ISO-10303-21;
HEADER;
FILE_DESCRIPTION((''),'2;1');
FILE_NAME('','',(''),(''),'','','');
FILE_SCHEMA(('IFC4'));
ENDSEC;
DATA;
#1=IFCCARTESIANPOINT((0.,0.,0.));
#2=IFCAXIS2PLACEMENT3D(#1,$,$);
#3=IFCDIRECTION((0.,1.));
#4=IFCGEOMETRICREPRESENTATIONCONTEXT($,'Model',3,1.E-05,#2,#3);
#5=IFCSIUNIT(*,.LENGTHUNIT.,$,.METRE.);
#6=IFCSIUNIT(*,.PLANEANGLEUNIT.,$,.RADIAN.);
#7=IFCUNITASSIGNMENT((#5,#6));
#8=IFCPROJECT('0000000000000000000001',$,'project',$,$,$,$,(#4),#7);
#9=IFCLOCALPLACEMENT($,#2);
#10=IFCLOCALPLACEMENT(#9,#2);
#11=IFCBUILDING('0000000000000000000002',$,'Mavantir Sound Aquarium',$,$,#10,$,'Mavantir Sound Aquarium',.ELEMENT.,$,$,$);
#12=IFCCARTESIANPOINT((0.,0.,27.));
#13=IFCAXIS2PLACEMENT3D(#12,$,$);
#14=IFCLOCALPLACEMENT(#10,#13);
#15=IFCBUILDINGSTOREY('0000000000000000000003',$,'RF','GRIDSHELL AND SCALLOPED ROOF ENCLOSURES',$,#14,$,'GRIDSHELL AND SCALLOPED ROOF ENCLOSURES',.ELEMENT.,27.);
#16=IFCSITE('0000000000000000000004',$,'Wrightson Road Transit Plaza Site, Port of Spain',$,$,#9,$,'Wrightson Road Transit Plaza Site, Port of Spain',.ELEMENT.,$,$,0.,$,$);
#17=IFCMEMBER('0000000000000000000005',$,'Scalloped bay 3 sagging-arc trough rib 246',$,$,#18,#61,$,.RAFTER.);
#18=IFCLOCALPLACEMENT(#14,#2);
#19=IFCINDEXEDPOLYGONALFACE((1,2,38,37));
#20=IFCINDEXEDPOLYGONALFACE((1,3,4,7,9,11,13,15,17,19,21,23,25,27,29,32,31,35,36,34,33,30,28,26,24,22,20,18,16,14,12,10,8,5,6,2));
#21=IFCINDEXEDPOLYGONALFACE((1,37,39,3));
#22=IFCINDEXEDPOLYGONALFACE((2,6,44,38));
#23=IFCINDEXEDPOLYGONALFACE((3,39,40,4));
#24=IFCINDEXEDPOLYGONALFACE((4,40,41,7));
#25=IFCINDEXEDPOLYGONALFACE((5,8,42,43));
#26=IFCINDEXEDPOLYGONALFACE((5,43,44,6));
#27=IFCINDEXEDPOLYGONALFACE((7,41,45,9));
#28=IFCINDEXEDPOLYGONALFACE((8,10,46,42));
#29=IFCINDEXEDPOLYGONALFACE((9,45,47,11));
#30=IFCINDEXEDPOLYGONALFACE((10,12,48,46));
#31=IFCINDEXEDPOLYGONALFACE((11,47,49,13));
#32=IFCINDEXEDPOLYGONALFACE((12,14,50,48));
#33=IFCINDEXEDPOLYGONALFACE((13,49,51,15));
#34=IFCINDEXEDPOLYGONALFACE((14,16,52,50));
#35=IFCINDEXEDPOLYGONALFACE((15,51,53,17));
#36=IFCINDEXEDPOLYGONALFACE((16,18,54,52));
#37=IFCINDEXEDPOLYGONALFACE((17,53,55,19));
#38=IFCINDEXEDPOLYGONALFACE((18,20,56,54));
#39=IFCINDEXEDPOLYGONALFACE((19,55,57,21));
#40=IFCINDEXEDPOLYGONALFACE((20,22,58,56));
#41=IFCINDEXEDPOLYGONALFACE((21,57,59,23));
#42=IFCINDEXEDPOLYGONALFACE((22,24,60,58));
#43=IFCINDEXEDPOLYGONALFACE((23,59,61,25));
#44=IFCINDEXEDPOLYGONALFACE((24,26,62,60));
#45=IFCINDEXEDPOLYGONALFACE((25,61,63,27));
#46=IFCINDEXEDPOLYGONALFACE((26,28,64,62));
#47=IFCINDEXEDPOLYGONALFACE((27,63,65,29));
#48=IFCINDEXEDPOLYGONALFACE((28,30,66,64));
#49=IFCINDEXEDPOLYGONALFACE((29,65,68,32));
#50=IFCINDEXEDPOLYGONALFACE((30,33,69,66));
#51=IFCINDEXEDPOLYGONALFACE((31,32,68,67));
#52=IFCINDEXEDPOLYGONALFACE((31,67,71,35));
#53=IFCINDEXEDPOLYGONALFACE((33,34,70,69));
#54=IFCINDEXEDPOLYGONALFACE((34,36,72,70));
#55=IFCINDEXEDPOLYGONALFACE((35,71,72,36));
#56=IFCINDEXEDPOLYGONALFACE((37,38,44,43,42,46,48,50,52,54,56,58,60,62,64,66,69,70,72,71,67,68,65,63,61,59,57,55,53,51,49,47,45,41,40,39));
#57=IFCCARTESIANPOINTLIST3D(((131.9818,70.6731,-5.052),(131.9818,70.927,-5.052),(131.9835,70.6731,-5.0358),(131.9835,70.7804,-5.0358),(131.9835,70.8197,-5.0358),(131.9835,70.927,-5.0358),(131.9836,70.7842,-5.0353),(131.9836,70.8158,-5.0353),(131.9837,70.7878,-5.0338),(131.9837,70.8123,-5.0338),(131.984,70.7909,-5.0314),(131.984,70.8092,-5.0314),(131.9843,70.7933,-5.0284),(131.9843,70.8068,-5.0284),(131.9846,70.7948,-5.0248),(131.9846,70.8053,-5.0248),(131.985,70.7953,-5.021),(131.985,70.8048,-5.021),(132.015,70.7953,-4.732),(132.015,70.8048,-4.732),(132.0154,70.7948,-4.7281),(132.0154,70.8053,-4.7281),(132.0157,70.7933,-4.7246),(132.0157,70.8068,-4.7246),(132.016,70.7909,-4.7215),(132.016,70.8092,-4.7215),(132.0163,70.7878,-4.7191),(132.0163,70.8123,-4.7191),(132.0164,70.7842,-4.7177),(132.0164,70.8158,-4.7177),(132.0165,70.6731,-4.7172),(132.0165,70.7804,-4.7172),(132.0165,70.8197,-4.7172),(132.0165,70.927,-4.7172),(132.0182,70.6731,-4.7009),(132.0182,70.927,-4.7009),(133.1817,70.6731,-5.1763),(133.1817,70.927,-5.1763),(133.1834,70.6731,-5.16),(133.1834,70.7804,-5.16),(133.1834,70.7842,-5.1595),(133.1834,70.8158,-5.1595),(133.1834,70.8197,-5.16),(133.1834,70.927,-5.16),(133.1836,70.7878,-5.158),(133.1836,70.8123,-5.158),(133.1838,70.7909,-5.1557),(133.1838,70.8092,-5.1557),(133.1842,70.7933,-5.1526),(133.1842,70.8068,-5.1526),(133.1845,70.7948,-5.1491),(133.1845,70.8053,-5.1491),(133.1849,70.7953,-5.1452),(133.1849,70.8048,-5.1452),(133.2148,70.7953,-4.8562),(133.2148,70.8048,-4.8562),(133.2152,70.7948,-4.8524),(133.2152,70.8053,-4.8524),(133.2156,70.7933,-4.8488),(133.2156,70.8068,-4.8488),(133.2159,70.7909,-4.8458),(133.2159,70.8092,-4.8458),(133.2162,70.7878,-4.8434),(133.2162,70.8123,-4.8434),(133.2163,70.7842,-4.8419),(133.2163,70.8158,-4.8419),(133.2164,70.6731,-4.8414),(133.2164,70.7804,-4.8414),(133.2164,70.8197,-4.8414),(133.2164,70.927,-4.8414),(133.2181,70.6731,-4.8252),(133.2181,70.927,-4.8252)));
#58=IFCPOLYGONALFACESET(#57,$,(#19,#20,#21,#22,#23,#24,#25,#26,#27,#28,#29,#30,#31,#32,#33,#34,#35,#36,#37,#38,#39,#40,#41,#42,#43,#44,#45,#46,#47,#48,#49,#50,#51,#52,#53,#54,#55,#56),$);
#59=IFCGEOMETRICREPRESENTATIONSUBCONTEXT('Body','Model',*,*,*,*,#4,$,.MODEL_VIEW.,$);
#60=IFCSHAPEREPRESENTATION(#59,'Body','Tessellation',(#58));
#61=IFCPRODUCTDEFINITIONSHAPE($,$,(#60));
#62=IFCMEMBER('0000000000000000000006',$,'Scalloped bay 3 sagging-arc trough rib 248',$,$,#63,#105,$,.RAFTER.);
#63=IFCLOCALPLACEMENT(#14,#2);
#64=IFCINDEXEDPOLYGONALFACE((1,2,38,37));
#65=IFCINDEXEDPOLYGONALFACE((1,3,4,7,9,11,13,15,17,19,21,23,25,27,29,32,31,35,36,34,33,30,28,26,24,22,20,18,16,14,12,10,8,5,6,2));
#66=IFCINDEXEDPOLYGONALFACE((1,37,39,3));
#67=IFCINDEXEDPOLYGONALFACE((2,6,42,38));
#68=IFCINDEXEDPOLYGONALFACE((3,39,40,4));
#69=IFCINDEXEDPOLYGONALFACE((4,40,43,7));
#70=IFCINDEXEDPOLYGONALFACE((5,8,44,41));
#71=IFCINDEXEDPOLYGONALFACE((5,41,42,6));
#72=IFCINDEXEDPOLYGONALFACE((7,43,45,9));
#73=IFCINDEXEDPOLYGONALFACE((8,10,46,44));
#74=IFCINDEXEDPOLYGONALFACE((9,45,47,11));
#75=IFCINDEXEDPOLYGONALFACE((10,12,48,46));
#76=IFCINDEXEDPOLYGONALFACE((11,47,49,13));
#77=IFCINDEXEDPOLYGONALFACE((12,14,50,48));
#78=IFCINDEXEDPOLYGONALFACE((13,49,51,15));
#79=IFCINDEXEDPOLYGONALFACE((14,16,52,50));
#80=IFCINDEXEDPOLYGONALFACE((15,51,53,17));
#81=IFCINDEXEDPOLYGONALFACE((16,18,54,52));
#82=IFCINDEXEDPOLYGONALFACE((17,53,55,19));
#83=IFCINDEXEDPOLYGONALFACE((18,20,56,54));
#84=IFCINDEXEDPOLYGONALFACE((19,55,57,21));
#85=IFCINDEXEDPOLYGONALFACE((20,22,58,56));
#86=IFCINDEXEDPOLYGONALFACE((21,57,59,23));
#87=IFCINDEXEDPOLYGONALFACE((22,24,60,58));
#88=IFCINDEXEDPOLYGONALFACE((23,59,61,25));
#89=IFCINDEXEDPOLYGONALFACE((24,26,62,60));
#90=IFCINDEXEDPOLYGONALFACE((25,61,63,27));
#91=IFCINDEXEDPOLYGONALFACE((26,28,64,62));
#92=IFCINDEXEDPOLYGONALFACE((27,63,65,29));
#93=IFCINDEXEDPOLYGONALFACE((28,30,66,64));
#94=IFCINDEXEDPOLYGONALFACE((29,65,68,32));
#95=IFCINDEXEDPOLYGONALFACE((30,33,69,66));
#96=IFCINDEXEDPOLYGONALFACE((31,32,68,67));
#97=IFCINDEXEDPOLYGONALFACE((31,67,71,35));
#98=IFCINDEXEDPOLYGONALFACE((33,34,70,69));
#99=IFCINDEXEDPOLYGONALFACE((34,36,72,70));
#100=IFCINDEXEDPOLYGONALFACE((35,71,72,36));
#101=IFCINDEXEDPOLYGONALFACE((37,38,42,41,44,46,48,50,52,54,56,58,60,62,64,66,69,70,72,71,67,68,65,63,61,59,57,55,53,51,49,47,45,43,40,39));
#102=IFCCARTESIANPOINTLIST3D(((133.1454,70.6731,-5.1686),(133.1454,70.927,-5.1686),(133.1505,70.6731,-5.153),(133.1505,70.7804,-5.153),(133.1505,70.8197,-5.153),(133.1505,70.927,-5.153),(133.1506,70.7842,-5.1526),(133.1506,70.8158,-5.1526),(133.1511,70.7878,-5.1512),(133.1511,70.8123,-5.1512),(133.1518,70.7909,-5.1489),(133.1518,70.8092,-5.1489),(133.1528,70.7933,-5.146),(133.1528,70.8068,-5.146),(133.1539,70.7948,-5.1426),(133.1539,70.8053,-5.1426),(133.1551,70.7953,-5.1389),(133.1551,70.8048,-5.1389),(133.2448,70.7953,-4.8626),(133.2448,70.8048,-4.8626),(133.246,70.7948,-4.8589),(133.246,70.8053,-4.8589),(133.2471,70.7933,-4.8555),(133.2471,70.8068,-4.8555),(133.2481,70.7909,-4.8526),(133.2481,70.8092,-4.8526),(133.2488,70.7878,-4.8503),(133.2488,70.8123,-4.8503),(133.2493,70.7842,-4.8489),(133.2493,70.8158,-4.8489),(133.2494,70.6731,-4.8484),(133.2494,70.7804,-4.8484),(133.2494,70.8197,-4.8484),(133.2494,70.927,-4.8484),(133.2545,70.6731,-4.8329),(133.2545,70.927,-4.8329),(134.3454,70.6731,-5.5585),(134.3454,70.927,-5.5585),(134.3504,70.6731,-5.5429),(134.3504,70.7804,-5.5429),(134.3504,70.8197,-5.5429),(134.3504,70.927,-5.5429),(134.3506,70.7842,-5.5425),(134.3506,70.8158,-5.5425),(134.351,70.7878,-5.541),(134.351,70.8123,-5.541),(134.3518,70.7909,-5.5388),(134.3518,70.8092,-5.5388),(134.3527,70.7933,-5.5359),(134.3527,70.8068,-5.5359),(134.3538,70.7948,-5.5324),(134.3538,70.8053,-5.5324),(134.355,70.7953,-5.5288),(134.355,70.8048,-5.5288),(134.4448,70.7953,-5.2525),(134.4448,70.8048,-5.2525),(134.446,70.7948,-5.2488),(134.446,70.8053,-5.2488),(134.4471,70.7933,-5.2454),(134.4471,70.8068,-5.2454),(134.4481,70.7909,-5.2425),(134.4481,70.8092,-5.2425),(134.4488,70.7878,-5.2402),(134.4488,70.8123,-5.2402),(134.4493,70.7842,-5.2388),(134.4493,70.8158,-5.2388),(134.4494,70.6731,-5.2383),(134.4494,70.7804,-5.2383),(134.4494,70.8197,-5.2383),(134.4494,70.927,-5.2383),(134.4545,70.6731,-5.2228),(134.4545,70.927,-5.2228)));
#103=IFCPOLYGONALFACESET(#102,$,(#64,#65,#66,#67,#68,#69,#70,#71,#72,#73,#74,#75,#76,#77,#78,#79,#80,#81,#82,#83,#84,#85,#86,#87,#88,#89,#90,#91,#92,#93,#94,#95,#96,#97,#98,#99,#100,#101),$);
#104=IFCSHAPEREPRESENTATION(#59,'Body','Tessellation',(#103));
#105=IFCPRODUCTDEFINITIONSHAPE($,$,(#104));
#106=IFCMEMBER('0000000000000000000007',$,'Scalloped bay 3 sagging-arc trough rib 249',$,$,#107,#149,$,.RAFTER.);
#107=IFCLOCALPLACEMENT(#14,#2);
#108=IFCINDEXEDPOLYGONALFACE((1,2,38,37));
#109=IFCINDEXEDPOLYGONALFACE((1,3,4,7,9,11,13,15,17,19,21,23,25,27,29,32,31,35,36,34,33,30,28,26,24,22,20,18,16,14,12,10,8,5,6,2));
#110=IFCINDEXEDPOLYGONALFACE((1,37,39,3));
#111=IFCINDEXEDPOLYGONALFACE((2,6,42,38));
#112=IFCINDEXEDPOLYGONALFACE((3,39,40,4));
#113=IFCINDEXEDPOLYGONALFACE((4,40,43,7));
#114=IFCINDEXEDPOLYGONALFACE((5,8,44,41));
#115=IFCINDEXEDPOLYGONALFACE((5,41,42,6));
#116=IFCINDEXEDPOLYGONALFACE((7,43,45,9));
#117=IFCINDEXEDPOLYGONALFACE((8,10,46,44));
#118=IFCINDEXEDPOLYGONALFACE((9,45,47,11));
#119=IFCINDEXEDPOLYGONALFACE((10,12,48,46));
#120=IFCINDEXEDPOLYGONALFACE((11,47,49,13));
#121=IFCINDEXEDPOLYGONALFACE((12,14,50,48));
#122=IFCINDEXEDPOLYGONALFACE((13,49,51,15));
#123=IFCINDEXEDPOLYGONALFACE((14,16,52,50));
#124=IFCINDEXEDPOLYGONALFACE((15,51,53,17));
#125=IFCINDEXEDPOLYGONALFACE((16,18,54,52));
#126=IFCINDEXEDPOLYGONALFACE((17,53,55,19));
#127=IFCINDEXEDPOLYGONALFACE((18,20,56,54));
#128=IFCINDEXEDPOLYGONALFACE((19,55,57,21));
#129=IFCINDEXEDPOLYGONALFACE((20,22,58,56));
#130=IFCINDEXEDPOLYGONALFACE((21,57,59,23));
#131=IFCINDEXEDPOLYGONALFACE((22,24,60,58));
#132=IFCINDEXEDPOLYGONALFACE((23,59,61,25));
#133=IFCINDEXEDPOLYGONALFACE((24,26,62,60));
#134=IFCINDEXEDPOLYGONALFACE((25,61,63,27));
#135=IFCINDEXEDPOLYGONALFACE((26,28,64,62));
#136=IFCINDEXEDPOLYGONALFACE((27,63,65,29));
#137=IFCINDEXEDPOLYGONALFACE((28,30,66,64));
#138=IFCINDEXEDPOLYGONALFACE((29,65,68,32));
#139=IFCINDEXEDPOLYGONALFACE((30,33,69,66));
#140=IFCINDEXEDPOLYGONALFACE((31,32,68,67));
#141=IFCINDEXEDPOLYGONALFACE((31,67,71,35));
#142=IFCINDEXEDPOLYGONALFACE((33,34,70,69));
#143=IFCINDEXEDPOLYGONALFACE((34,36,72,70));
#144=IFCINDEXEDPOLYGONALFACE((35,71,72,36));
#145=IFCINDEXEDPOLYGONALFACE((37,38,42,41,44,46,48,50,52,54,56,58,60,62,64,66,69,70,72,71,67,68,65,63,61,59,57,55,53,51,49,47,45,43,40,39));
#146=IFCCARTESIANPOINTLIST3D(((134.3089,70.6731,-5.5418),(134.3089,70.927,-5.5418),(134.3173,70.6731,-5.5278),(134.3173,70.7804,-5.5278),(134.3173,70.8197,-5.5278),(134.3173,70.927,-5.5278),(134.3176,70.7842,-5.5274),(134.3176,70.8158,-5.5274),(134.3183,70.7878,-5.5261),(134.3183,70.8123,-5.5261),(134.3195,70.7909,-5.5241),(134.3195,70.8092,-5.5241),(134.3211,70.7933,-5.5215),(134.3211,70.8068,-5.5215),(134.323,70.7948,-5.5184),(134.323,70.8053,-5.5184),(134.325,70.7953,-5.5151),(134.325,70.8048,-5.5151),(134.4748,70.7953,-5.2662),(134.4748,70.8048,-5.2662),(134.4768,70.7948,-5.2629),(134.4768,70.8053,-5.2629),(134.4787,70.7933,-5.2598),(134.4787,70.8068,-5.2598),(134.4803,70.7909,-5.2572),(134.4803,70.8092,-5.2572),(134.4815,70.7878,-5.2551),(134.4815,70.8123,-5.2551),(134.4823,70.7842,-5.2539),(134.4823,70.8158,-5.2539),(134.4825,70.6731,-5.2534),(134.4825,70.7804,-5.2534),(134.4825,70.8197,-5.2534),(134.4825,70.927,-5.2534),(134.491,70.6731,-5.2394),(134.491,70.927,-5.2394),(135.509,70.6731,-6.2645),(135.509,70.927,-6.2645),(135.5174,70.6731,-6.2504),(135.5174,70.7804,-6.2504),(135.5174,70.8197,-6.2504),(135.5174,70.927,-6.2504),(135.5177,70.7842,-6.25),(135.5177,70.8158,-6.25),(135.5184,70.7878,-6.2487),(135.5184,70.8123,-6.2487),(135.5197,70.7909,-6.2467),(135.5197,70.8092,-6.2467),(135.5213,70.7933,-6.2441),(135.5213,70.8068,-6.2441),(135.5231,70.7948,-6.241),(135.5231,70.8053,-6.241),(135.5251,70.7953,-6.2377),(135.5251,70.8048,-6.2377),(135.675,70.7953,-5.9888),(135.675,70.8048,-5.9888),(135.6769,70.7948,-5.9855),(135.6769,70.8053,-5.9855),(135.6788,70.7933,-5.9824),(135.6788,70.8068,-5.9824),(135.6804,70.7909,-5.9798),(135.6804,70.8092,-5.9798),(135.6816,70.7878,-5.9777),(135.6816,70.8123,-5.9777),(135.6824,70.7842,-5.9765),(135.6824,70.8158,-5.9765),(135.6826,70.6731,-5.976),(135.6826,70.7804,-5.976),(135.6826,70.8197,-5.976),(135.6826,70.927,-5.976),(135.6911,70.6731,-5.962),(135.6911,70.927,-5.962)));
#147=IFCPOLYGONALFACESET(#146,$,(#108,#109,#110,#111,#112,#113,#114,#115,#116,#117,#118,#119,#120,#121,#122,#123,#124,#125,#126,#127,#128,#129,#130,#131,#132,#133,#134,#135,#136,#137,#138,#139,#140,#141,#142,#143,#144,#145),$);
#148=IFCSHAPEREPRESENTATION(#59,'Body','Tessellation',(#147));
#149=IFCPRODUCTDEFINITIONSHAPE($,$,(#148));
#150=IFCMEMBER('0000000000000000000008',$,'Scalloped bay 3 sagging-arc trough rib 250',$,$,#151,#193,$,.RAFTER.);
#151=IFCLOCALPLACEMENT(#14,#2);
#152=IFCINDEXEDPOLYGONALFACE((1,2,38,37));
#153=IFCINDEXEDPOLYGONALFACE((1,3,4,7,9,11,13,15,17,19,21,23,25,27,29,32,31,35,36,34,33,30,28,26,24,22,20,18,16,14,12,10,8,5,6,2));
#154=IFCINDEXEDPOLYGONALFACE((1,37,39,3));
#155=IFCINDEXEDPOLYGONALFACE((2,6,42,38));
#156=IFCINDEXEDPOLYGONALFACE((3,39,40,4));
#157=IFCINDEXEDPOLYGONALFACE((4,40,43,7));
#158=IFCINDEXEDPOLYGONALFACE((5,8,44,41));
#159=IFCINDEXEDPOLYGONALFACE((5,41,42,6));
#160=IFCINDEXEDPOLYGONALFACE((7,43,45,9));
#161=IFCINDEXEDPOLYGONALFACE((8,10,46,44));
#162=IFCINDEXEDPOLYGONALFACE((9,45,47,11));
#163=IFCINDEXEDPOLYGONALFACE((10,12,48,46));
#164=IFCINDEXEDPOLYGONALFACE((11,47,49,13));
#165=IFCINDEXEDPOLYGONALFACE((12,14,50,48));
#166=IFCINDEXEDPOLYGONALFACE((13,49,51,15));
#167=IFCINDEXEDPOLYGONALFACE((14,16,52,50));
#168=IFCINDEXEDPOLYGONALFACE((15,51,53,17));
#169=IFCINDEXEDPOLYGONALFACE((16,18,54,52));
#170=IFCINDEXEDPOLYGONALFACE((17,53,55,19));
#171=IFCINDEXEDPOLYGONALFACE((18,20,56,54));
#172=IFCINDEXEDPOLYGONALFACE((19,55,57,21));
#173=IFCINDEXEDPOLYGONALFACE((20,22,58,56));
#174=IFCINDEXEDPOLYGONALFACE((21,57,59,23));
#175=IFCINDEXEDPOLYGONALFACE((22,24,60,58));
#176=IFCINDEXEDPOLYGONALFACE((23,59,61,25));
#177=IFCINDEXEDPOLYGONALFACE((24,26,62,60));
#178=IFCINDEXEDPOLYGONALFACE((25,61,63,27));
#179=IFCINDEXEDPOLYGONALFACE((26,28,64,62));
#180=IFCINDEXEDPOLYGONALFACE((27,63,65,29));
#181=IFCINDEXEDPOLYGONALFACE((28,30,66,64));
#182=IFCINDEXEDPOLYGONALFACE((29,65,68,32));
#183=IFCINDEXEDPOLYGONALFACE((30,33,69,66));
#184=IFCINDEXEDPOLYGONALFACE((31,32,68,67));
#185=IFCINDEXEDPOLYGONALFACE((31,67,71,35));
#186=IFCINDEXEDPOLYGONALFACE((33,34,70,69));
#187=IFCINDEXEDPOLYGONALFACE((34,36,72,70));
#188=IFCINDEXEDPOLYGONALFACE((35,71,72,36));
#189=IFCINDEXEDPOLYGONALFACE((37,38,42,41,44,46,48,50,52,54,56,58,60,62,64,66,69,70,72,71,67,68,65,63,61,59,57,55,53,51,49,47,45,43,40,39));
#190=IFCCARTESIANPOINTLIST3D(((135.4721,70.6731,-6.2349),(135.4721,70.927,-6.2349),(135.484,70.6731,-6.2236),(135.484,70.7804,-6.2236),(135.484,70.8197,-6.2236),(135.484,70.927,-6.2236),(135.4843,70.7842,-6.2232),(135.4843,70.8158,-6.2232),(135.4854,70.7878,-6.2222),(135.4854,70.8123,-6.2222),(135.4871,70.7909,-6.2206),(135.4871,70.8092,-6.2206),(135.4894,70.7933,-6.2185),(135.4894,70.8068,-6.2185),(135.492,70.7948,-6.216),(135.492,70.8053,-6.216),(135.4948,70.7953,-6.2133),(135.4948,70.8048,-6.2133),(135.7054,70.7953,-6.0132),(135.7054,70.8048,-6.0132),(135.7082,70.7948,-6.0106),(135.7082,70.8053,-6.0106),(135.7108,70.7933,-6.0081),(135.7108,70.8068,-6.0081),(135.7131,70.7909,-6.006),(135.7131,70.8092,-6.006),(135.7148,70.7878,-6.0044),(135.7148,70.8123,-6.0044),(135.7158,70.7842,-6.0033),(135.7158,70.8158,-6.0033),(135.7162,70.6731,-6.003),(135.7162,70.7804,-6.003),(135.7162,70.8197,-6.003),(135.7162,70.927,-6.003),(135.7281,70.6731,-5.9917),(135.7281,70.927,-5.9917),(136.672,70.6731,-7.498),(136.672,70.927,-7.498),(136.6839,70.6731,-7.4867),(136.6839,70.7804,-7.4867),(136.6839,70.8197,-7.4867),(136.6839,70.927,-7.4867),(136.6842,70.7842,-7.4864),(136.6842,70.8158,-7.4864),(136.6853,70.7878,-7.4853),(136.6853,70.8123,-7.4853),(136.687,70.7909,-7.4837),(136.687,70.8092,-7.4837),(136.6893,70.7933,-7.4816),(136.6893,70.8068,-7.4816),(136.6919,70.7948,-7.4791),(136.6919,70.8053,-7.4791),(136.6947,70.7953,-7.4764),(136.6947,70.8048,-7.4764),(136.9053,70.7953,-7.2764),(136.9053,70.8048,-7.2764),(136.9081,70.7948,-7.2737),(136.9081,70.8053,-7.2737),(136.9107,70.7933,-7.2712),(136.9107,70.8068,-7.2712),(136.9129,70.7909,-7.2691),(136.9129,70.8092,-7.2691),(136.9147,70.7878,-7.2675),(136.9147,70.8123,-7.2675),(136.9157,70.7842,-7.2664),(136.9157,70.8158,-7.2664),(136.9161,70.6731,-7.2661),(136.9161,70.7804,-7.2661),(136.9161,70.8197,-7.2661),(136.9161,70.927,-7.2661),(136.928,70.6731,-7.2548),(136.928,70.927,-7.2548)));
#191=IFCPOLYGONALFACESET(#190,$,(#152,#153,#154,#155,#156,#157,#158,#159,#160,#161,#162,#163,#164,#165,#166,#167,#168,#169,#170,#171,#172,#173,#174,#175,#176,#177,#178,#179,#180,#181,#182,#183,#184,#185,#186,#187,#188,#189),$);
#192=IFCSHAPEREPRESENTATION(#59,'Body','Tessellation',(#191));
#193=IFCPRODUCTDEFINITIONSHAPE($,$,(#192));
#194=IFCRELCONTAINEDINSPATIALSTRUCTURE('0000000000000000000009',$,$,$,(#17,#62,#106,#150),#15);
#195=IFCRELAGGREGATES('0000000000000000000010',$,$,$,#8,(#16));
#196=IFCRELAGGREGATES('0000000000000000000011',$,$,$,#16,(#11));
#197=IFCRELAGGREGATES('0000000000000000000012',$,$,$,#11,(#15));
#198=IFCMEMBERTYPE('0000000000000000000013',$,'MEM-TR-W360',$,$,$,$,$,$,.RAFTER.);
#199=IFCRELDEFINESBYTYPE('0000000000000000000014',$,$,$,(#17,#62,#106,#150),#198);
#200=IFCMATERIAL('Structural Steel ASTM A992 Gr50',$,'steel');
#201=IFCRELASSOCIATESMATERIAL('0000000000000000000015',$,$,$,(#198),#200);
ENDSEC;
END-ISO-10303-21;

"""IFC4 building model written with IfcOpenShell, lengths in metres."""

from ifc_helpers import new_model, si_unit, direction, frame, origin, origin_2d, place, context, subcontext, project, spatial, i_section, extrude, material, material_profile, profile_set, type_object, element, save


model = new_model("IFC4")

# Units and contexts
model_context = context("Model", 3, precision=1e-05, world=origin(), true_north=direction((0.0, 1.0)))
body_context = subcontext(model_context, "Body", "Model", "MODEL_VIEW")
ifc_project = project(units=[si_unit("LENGTHUNIT", "METRE"), si_unit("PLANEANGLEUNIT", "RADIAN")], contexts=[model_context])

# Site, building, storey
site_placement = place(None, origin())
site = spatial("IfcSite", under=ifc_project, at=site_placement, Name="Wrightson Road Transit Plaza Site, Port of Spain", LongName="Wrightson Road Transit Plaza Site, Port of Spain", CompositionType="ELEMENT", RefElevation=0.0)
building_placement = place(site_placement, origin())
building = spatial("IfcBuilding", under=site, at=building_placement, Name="Mavantir Sound Aquarium", LongName="Mavantir Sound Aquarium", CompositionType="ELEMENT")
storey_placement = place(building_placement, frame((0.0, 0.0, 27.0)))
storey = spatial("IfcBuildingStorey", under=building, at=storey_placement, Name="RF", Description="GRIDSHELL AND SCALLOPED ROOF ENCLOSURES", LongName="GRIDSHELL AND SCALLOPED ROOF ENCLOSURES", CompositionType="ELEMENT", Elevation=27.0)

# Shared definitions
ifc_material_1 = material(Name="Structural Steel ASTM A992 Gr50", Category="steel")

# Members
ifc_material_profile_1 = material_profile(ifc_material_1, i_section(OverallWidth=0.2539, OverallDepth=0.353, WebThickness=0.0095, FlangeThickness=0.0164, FilletRadius=0.0149, at=origin_2d()), Name="W360X91")
ifc_profile_set_1 = profile_set([ifc_material_profile_1], Name="Structural Steel ASTM A992 Gr50")
member_type_1 = type_object("IfcMemberType", Name="MEM-TR-W360", PredefinedType="RAFTER", material=ifc_profile_set_1)
for number, where, z_axis, x_axis, name in (
    (1, (132.0, 70.8, -4.8765), (0.99468, 0.0, -0.10301), (0.0, 1.0, 0.0), "Scalloped bay 3 sagging-arc trough rib 246"),
):
    element("IfcMember", number, at=place(storey_placement, frame(where, z_axis=z_axis, x_axis=x_axis)), inside=storey, type_object=member_type_1, Name=name, PredefinedType="RAFTER", context=body_context, shape_type="SweptSolid", body=[
        extrude(i_section(OverallWidth=0.2539, OverallDepth=0.353, WebThickness=0.0095, FlangeThickness=0.0164, FilletRadius=0.0149, at=origin_2d()), origin(), (0.0, 0.0, 1.0), 1.2063),
    ])
member_1_placement = place(storey_placement, frame((133.2, 70.8, -5.0007), z_axis=(0.951055, 0.0, -0.30902), x_axis=(0.0, 1.0, 0.0)))
element("IfcMember", 2, at=member_1_placement, inside=storey, type_object=member_type_1, Name="Scalloped bay 3 sagging-arc trough rib 248", PredefinedType="RAFTER", context=body_context, shape_type="SweptSolid", body=[
    extrude(i_section(OverallWidth=0.2539, OverallDepth=0.353, WebThickness=0.0095, FlangeThickness=0.0164, FilletRadius=0.0149, at=origin_2d()), origin(), (0.0, 0.0, 1.0), 1.2617),
])
member_2_placement = place(storey_placement, frame((134.3999, 70.8, -5.3906), z_axis=(0.856692, 0.0, -0.515828), x_axis=(0.0, 1.0, 0.0)))
element("IfcMember", 3, at=member_2_placement, inside=storey, type_object=member_type_1, Name="Scalloped bay 3 sagging-arc trough rib 249", PredefinedType="RAFTER", context=body_context, shape_type="SweptSolid", body=[
    extrude(i_section(OverallWidth=0.2539, OverallDepth=0.353, WebThickness=0.0095, FlangeThickness=0.0164, FilletRadius=0.0149, at=origin_2d()), origin(), (0.0, 0.0, 1.0), 1.4009),
])
member_3_placement = place(storey_placement, frame((135.6001, 70.8, -6.1133), z_axis=(0.688727, 0.0, -0.72502), x_axis=(0.0, 1.0, 0.0)))
element("IfcMember", 4, at=member_3_placement, inside=storey, type_object=member_type_1, Name="Scalloped bay 3 sagging-arc trough rib 250", PredefinedType="RAFTER", context=body_context, shape_type="SweptSolid", body=[
    extrude(i_section(OverallWidth=0.2539, OverallDepth=0.353, WebThickness=0.0095, FlangeThickness=0.0164, FilletRadius=0.0149, at=origin_2d()), origin(), (0.0, 0.0, 1.0), 1.7422),
])

save(model, "model.ifc")
